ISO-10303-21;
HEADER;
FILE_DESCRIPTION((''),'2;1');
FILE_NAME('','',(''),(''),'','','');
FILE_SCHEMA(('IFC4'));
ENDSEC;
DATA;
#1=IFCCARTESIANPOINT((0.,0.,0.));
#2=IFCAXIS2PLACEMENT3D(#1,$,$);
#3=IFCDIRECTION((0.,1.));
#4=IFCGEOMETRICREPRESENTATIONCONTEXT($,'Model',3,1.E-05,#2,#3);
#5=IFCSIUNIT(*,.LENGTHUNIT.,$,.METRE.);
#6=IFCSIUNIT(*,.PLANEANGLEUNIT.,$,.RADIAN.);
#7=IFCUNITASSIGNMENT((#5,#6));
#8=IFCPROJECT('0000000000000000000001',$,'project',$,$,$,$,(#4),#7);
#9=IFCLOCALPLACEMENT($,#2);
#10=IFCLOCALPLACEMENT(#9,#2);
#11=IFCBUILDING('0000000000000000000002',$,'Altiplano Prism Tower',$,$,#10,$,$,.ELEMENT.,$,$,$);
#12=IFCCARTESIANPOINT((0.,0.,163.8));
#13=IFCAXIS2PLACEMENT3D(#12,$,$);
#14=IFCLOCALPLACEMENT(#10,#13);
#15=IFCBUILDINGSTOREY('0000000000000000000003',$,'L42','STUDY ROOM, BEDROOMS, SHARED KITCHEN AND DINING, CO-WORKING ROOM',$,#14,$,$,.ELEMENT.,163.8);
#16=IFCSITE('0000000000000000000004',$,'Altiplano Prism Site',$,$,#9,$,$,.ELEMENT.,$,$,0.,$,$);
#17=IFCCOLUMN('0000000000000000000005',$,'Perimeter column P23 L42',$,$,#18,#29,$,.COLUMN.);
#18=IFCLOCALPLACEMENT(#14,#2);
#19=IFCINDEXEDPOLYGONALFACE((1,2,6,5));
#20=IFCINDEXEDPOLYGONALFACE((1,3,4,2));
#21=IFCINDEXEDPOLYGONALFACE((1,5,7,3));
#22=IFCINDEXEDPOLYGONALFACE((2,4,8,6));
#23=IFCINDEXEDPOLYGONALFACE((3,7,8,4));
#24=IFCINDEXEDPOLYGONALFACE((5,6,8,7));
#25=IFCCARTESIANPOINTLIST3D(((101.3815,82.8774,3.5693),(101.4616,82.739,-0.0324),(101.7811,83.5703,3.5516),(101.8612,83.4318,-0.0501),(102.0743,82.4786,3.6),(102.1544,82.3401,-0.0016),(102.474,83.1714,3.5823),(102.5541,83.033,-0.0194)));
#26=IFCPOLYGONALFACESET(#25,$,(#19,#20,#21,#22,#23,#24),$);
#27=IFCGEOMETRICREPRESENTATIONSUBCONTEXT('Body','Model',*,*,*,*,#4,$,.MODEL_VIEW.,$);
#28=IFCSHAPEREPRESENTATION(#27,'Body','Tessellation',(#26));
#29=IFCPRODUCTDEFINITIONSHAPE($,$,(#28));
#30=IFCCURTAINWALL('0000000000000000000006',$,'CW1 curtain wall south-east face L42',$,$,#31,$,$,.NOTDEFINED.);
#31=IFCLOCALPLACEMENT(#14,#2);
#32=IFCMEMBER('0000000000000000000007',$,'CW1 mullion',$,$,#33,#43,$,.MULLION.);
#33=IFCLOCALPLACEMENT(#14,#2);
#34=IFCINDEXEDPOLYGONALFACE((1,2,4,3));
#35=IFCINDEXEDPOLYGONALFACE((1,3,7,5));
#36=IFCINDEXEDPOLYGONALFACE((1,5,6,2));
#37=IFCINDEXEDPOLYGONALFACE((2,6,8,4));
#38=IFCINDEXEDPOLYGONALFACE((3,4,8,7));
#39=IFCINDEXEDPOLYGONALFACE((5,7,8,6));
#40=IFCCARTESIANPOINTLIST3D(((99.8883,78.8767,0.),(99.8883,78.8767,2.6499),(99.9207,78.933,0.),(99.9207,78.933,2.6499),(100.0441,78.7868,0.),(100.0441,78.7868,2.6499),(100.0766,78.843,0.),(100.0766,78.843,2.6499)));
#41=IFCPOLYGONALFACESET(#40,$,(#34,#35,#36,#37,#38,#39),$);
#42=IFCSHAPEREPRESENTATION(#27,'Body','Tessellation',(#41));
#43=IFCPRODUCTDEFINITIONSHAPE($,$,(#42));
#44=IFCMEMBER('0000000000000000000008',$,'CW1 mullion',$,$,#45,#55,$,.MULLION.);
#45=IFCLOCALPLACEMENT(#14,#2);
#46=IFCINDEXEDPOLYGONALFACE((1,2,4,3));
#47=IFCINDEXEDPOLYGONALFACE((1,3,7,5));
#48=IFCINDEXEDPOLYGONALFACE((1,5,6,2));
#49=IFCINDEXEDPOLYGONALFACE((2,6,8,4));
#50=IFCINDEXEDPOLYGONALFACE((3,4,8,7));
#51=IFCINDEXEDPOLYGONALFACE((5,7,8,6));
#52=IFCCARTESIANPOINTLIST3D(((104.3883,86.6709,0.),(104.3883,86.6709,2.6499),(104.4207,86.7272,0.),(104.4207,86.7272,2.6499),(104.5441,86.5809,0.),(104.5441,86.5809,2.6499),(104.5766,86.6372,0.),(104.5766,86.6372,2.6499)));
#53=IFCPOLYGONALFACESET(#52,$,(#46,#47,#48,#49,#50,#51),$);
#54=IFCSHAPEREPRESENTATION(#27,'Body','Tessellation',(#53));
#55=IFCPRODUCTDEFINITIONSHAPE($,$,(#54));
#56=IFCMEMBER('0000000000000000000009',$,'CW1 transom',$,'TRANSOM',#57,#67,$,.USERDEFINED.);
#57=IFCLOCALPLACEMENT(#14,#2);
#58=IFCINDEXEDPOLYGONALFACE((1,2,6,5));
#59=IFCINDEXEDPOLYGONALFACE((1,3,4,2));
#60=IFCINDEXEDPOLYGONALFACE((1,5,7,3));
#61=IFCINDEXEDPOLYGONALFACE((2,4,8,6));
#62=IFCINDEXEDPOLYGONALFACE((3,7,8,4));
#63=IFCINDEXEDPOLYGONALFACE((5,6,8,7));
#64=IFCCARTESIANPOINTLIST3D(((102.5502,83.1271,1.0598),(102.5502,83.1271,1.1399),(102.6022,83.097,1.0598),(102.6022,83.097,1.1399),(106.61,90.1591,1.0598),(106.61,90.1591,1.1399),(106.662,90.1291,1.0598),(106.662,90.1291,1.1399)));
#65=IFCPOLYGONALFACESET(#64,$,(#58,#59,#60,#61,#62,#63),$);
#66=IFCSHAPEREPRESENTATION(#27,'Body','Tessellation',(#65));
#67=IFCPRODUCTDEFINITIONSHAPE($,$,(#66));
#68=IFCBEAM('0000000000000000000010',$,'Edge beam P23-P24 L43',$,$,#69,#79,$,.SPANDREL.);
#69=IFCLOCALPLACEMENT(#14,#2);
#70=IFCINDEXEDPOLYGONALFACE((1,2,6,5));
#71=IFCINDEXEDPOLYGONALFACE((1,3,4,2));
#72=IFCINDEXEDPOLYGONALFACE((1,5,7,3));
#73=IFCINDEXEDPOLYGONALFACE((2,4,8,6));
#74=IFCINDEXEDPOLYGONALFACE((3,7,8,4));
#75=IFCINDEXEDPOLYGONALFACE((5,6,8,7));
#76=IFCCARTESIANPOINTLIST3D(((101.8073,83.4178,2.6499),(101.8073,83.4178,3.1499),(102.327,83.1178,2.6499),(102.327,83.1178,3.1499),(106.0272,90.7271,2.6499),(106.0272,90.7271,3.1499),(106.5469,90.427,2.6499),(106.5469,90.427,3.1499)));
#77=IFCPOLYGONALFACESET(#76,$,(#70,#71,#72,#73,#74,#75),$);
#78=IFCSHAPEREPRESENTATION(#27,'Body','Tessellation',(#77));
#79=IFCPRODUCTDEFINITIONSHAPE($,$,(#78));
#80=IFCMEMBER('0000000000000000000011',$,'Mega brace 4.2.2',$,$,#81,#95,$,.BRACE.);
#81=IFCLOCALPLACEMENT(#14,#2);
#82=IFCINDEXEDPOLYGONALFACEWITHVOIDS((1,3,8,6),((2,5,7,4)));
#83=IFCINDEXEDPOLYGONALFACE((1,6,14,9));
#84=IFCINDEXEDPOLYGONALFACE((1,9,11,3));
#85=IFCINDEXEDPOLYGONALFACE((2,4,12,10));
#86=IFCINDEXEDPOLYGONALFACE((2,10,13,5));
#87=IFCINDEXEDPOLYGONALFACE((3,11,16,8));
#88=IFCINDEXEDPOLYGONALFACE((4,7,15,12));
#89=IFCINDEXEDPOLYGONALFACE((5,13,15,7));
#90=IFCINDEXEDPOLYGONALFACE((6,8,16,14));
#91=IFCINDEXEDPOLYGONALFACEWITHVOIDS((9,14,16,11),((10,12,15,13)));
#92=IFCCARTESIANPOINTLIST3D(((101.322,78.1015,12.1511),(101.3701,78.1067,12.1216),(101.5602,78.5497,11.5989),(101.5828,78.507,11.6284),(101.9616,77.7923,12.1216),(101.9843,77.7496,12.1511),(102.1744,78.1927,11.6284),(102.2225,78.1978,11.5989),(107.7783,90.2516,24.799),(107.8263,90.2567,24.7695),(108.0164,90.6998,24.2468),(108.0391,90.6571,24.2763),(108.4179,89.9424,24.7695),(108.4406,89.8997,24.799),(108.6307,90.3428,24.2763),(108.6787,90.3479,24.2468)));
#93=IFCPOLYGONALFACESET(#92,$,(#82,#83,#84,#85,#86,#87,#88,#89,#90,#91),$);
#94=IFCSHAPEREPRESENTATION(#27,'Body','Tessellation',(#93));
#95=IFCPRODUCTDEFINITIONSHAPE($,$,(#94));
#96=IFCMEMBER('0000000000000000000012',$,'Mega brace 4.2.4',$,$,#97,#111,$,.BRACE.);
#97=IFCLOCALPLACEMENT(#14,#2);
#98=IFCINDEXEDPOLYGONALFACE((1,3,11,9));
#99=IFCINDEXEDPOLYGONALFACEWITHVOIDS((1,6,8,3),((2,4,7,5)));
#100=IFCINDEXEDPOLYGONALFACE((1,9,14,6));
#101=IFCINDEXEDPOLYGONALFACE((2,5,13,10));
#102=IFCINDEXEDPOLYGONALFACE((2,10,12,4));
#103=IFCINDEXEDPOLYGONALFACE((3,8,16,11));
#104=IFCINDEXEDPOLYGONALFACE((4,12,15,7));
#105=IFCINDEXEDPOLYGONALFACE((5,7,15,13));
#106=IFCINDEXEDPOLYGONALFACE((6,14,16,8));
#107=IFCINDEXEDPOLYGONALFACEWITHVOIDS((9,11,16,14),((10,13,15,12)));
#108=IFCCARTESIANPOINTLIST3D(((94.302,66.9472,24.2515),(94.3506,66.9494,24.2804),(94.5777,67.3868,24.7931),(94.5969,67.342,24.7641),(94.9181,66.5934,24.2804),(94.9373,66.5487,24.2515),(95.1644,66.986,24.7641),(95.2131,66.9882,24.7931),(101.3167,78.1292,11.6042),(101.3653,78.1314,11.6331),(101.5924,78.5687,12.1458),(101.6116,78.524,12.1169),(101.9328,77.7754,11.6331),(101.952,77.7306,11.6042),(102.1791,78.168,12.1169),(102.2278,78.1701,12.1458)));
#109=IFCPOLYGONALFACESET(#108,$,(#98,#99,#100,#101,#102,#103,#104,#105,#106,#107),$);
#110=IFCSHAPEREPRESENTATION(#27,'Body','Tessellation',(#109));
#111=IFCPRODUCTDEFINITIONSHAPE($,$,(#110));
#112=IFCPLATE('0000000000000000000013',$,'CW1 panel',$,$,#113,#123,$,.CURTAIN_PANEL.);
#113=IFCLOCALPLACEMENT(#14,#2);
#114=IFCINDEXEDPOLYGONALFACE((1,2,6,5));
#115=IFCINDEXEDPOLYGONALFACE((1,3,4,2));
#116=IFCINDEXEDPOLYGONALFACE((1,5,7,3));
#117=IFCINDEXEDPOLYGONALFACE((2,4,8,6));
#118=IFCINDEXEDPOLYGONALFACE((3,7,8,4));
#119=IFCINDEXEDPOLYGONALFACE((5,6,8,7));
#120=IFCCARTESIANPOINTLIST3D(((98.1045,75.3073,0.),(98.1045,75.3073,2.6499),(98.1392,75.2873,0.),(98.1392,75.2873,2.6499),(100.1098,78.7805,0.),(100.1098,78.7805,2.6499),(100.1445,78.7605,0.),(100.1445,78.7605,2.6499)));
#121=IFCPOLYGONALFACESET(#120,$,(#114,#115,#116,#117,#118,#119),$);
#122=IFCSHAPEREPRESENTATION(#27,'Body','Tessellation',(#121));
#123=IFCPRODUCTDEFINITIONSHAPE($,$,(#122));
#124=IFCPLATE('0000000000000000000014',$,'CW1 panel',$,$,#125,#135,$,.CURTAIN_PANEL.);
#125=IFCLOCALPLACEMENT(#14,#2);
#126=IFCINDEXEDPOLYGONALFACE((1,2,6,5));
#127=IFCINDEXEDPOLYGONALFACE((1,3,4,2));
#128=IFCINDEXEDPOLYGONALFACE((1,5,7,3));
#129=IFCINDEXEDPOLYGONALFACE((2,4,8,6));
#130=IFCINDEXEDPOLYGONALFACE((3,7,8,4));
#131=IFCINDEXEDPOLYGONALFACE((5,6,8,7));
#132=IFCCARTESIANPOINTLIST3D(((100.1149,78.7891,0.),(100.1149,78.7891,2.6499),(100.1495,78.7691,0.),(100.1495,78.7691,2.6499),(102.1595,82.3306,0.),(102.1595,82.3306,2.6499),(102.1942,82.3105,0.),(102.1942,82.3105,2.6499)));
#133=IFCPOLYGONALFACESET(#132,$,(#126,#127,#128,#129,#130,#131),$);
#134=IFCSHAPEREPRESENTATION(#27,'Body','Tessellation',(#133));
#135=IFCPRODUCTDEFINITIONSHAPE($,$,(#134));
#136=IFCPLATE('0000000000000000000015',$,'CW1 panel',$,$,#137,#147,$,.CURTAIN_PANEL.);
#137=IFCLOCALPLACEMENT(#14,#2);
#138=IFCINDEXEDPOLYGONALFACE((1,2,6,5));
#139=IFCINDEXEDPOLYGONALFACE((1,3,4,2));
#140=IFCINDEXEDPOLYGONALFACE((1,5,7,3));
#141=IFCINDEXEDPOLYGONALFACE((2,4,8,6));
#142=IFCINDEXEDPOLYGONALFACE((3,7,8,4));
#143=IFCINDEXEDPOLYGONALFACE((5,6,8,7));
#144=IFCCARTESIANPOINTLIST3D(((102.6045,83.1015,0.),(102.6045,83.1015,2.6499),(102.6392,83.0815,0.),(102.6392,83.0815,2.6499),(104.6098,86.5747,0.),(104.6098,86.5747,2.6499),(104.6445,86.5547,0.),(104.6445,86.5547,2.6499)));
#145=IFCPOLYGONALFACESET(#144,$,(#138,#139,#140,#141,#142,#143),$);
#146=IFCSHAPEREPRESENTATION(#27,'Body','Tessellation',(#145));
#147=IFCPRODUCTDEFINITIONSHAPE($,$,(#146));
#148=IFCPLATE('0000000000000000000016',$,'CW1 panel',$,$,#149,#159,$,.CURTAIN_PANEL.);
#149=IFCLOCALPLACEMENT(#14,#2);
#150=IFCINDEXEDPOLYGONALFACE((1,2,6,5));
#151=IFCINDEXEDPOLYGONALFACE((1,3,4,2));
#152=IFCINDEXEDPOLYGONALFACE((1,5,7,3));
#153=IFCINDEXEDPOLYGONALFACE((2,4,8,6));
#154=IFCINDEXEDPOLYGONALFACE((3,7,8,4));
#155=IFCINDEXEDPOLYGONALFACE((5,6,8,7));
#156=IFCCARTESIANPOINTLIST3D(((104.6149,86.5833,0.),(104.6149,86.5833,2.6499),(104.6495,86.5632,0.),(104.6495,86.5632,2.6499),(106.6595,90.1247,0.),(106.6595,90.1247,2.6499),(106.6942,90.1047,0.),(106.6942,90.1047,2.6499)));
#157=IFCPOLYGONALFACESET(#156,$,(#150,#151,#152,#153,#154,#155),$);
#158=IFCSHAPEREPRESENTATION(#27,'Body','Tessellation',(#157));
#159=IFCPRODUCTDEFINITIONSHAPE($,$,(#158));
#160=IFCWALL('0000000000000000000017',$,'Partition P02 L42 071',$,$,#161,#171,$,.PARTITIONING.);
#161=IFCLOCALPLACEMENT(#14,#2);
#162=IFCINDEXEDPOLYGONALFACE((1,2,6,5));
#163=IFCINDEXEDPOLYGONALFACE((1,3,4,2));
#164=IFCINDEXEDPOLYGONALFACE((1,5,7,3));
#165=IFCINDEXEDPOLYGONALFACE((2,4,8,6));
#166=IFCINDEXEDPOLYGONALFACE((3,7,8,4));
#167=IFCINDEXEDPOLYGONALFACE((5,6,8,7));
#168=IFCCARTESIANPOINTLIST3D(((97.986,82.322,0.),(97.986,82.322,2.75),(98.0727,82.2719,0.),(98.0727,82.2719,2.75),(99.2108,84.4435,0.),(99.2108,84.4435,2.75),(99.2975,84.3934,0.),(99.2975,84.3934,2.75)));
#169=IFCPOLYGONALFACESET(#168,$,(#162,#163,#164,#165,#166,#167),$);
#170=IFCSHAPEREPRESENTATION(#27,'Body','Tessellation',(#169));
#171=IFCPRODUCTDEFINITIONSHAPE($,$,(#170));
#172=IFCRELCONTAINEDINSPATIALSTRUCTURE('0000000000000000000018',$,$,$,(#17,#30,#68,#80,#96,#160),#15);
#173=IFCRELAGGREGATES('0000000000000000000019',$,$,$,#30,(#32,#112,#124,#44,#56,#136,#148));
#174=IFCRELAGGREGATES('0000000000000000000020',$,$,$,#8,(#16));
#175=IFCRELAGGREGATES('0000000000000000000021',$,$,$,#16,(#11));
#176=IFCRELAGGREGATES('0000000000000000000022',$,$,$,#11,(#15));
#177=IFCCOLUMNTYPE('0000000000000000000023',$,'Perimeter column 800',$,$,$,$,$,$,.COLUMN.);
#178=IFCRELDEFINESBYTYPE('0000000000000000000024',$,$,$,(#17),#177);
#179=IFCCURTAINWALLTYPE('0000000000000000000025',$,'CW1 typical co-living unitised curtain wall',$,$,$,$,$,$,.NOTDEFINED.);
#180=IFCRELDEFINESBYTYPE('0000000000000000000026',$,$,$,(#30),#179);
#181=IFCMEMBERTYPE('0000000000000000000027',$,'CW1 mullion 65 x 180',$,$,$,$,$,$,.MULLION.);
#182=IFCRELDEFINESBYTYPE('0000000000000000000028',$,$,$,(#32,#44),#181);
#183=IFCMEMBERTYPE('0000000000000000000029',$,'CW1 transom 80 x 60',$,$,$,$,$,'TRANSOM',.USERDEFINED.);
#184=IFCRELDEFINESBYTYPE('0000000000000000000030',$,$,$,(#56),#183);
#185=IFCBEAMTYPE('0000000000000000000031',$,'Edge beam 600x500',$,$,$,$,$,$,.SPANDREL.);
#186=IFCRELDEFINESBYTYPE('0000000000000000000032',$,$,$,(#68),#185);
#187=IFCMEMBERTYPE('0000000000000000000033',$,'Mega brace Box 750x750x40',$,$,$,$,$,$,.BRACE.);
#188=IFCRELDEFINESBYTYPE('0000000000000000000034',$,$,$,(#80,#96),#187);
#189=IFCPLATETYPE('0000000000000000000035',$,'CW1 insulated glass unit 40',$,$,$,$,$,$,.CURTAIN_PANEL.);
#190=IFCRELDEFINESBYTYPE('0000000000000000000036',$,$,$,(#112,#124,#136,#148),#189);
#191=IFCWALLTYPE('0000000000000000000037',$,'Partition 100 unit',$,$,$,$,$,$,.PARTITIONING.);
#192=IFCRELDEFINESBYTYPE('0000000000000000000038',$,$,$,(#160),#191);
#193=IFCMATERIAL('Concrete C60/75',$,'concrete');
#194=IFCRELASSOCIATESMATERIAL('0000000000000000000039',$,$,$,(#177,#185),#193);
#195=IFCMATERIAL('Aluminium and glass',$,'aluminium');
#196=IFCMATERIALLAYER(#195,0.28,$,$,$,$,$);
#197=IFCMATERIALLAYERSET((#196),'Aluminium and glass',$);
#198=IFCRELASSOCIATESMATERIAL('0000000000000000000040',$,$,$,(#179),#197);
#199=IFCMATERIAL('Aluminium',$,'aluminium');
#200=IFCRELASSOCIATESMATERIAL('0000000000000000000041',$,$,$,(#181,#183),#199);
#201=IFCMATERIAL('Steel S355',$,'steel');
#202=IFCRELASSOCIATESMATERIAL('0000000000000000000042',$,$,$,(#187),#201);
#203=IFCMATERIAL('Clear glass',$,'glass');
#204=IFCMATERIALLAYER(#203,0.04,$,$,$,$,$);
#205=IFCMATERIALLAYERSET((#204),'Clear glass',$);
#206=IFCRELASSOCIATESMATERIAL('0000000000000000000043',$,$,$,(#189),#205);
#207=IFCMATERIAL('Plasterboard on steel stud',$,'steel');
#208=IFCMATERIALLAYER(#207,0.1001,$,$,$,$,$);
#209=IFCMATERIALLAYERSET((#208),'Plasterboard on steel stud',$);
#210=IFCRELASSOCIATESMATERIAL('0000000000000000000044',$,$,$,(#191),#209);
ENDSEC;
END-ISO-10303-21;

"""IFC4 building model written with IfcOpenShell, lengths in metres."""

from ifc_helpers import new_model, si_unit, direction, frame, frame_2d, origin, origin_2d, place, context, subcontext, project, spatial, rectangle, hollow_rectangle, extrude, material, layer, layer_set, material_profile, profile_set, type_object, element, aggregate, save


model = new_model("IFC4")

# Units and contexts
model_context = context("Model", 3, precision=1e-05, world=origin(), true_north=direction((0.0, 1.0)))
body_context = subcontext(model_context, "Body", "Model", "MODEL_VIEW")
ifc_project = project(units=[si_unit("LENGTHUNIT", "METRE"), si_unit("PLANEANGLEUNIT", "RADIAN")], contexts=[model_context])

# Site, building, storey
site_placement = place(None, origin())
site = spatial("IfcSite", under=ifc_project, at=site_placement, Name="Altiplano Prism Site", CompositionType="ELEMENT", RefElevation=0.0)
building_placement = place(site_placement, origin())
building = spatial("IfcBuilding", under=site, at=building_placement, Name="Altiplano Prism Tower", CompositionType="ELEMENT")
storey_placement = place(building_placement, frame((0.0, 0.0, 163.8)))
storey = spatial("IfcBuildingStorey", under=building, at=storey_placement, Name="L42", Description="STUDY ROOM, BEDROOMS, SHARED KITCHEN AND DINING, CO-WORKING ROOM", CompositionType="ELEMENT", Elevation=163.8)

# Column
ifc_material_1 = material(Name="Concrete C60/75", Category="concrete")
ifc_material_profile_1 = material_profile(ifc_material_1, rectangle(XDim=0.8, YDim=0.8, at=origin_2d()), Name="Perimeter column 800")
ifc_profile_set_1 = profile_set([ifc_material_profile_1], Name="Concrete C60/75")
column_type = type_object("IfcColumnType", Name="Perimeter column 800", PredefinedType="COLUMN", material=ifc_profile_set_1)
column_placement = place(storey_placement, frame((102.0078, 82.886, -0.0259), z_axis=(-0.022212, 0.038398, 0.999016), x_axis=(-0.499517, -0.86602, 0.022179)))
element("IfcColumn", 1, at=column_placement, inside=storey, type_object=column_type, Name="Perimeter column P23 L42", PredefinedType="COLUMN", context=body_context, shape_type="SweptSolid", body=[
    extrude(rectangle(XDim=0.8, YDim=0.8, at=origin_2d()), origin(), (0.0, 0.0, 1.0), 3.6052),
])

# Curtain wall, members
ifc_material_2 = material(Name="Aluminium and glass", Category="aluminium")
ifc_layer_1 = layer(ifc_material_2, 0.28)
ifc_layer_set_1 = layer_set([ifc_layer_1], Name="Aluminium and glass")
curtain_wall_type = type_object("IfcCurtainWallType", Name="CW1 typical co-living unitised curtain wall", PredefinedType="NOTDEFINED", material=ifc_layer_set_1)
curtain_wall_placement = place(storey_placement, origin())
curtain_wall = element("IfcCurtainWall", 2, at=curtain_wall_placement, inside=storey, type_object=curtain_wall_type, Name="CW1 curtain wall south-east face L42", PredefinedType="NOTDEFINED")
ifc_material_3 = material(Name="Aluminium", Category="aluminium")
ifc_material_profile_2 = material_profile(ifc_material_3, rectangle(XDim=0.1799, YDim=0.0649, at=origin_2d()), Name="CW1 mullion 65 x 180")
ifc_profile_set_2 = profile_set([ifc_material_profile_2], Name="Aluminium")
member_type_1 = type_object("IfcMemberType", Name="CW1 mullion 65 x 180", PredefinedType="MULLION", material=ifc_profile_set_2)
member_1_placement = place(storey_placement, frame((99.9824, 78.8599, 0.0), z_axis=(0.0, 0.0, 1.0), x_axis=(-0.866025, 0.5, 0.0)))
member_1 = element("IfcMember", 3, at=member_1_placement, type_object=member_type_1, Name="CW1 mullion", PredefinedType="MULLION", context=body_context, shape_type="SweptSolid", body=[
    extrude(rectangle(XDim=0.1799, YDim=0.0649, at=origin_2d()), origin(), (0.0, 0.0, 1.0), 2.6499),
])
member_2_placement = place(storey_placement, frame((104.4824, 86.6541, 0.0), z_axis=(0.0, 0.0, 1.0), x_axis=(-0.866025, 0.5, 0.0)))
member_2 = element("IfcMember", 4, at=member_2_placement, type_object=member_type_1, Name="CW1 mullion", PredefinedType="MULLION", context=body_context, shape_type="SweptSolid", body=[
    extrude(rectangle(XDim=0.1799, YDim=0.0649, at=origin_2d()), origin(), (0.0, 0.0, 1.0), 2.6499),
])
ifc_material_profile_3 = material_profile(ifc_material_3, rectangle(XDim=0.0601, YDim=0.0801, at=origin_2d()), Name="CW1 transom 80 x 60")
ifc_profile_set_3 = profile_set([ifc_material_profile_3], Name="Aluminium")
member_type_2 = type_object("IfcMemberType", Name="CW1 transom 80 x 60", ElementType="TRANSOM", PredefinedType="USERDEFINED", material=ifc_profile_set_3)
member_3_placement = place(storey_placement, frame((102.5762, 83.1121, 1.0999), z_axis=(0.499991, 0.866031, 0.0), x_axis=(-0.866031, 0.499991, 0.0)))
member_3 = element("IfcMember", 5, at=member_3_placement, type_object=member_type_2, Name="CW1 transom", ObjectType="TRANSOM", PredefinedType="USERDEFINED", context=body_context, shape_type="SweptSolid", body=[
    extrude(rectangle(XDim=0.0601, YDim=0.0801, at=origin_2d()), origin(), (0.0, 0.0, 1.0), 8.1199),
])

# Beam
ifc_material_profile_4 = material_profile(ifc_material_1, rectangle(XDim=0.6001, YDim=0.5, at=origin_2d()), Name="Edge beam 600x500")
ifc_profile_set_4 = profile_set([ifc_material_profile_4], Name="Concrete C60/75")
beam_type = type_object("IfcBeamType", Name="Edge beam 600x500", PredefinedType="SPANDREL", material=ifc_profile_set_4)
beam_placement = place(storey_placement, frame((102.0671, 83.2678, 2.8999), z_axis=(0.499994, 0.866029, 0.0), x_axis=(-0.866029, 0.499994, 0.0)))
element("IfcBeam", 6, at=beam_placement, inside=storey, type_object=beam_type, Name="Edge beam P23-P24 L43", PredefinedType="SPANDREL", context=body_context, shape_type="SweptSolid", body=[
    extrude(rectangle(XDim=0.6001, YDim=0.5, at=origin_2d()), origin(), (0.0, 0.0, 1.0), 8.4399),
])

# Members
ifc_material_4 = material(Name="Steel S355", Category="steel")
ifc_material_profile_5 = material_profile(ifc_material_4, hollow_rectangle(XDim=0.75, YDim=0.75, WallThickness=0.04, at=origin_2d()), Name="Mega brace Box 750x750x40")
ifc_profile_set_5 = profile_set([ifc_material_profile_5], Name="Steel S355")
member_type_3 = type_object("IfcMemberType", Name="Mega brace Box 750x750x40", PredefinedType="BRACE", material=ifc_profile_set_5)
member_4_placement = place(storey_placement, frame((101.7722, 78.1497, 11.875), z_axis=(0.345459, 0.650121, 0.676757), x_axis=(-0.88307, 0.469242, 0.0)))
element("IfcMember", 7, at=member_4_placement, inside=storey, type_object=member_type_3, Name="Mega brace 4.2.2", PredefinedType="BRACE", context=body_context, shape_type="SweptSolid", body=[
    extrude(hollow_rectangle(XDim=0.75, YDim=0.75, WallThickness=0.04, at=origin_2d()), origin(), (0.0, 0.0, 1.0), 18.689),
])
member_5_placement = place(storey_placement, frame((101.7722, 78.1497, 11.875), z_axis=(-0.383714, -0.61167, 0.691826), x_axis=(0.847113, -0.531413, 0.0)))
element("IfcMember", 8, at=member_5_placement, inside=storey, type_object=member_type_3, Name="Mega brace 4.2.4", PredefinedType="BRACE", context=body_context, shape_type="SweptSolid", body=[
    extrude(hollow_rectangle(XDim=0.75, YDim=0.75, WallThickness=0.04, at=origin_2d()), origin(), (0.0, 0.0, 1.0), 18.281),
])

# Plates
ifc_material_5 = material(Name="Clear glass", Category="glass")
ifc_layer_2 = layer(ifc_material_5, 0.04)
ifc_layer_set_2 = layer_set([ifc_layer_2], Name="Clear glass")
plate_type = type_object("IfcPlateType", Name="CW1 insulated glass unit 40", PredefinedType="CURTAIN_PANEL", material=ifc_layer_set_2)
plate_1_placement = place(storey_placement, frame((99.1245, 77.0339, 0.0), z_axis=(0.0, 0.0, 1.0), x_axis=(0.5, 0.866025, 0.0)))
plate_1 = element("IfcPlate", 9, at=plate_1_placement, type_object=plate_type, Name="CW1 panel", PredefinedType="CURTAIN_PANEL", context=body_context, shape_type="SweptSolid", body=[
    extrude(rectangle(XDim=4.0105, YDim=0.04, at=origin_2d()), origin(), (0.0, 0.0, 1.0), 2.6499),
])
plate_2_placement = place(storey_placement, frame((101.1545, 80.5498, 0.0), z_axis=(0.0, 0.0, 1.0), x_axis=(0.5, 0.866025, 0.0)))
plate_2 = element("IfcPlate", 10, at=plate_2_placement, type_object=plate_type, Name="CW1 panel", PredefinedType="CURTAIN_PANEL", context=body_context, shape_type="SweptSolid", body=[
    extrude(rectangle(XDim=4.0894, YDim=0.04, at=origin_2d()), origin(), (0.0, 0.0, 1.0), 2.6499),
])
plate_3_placement = place(storey_placement, frame((103.6245, 84.8281, 0.0), z_axis=(0.0, 0.0, 1.0), x_axis=(0.5, 0.866025, 0.0)))
plate_3 = element("IfcPlate", 11, at=plate_3_placement, type_object=plate_type, Name="CW1 panel", PredefinedType="CURTAIN_PANEL", context=body_context, shape_type="SweptSolid", body=[
    extrude(rectangle(XDim=4.0105, YDim=0.04, at=origin_2d()), origin(), (0.0, 0.0, 1.0), 2.6499),
])
plate_4_placement = place(storey_placement, frame((105.6545, 88.344, 0.0), z_axis=(0.0, 0.0, 1.0), x_axis=(0.5, 0.866025, 0.0)))
plate_4 = element("IfcPlate", 12, at=plate_4_placement, type_object=plate_type, Name="CW1 panel", PredefinedType="CURTAIN_PANEL", context=body_context, shape_type="SweptSolid", body=[
    extrude(rectangle(XDim=4.0894, YDim=0.04, at=origin_2d()), origin(), (0.0, 0.0, 1.0), 2.6499),
])
aggregate(curtain_wall, [member_1, plate_1, plate_2, member_2, member_3, plate_3, plate_4])

# Wall
ifc_material_6 = material(Name="Plasterboard on steel stud", Category="steel")
ifc_layer_3 = layer(ifc_material_6, 0.1001)
ifc_layer_set_3 = layer_set([ifc_layer_3], Name="Plasterboard on steel stud")
wall_type_1 = type_object("IfcWallType", Name="Partition 100 unit", PredefinedType="PARTITIONING", material=ifc_layer_set_3)
wall_1_placement = place(storey_placement, frame((99.2542, 84.4185, 0.0), z_axis=(0.0, 0.0, 1.0), x_axis=(-0.499987, -0.866033, 0.0)))
element("IfcWall", 13, at=wall_1_placement, inside=storey, type_object=wall_type_1, Name="Partition P02 L42 071", PredefinedType="PARTITIONING", context=body_context, shape_type="SweptSolid", body=[
    extrude(rectangle(XDim=2.4497, YDim=0.1001, at=frame_2d((1.2249, 0.0))), origin(), (0.0, 0.0, 1.0), 2.75),
])

save(model, "model.ifc")
